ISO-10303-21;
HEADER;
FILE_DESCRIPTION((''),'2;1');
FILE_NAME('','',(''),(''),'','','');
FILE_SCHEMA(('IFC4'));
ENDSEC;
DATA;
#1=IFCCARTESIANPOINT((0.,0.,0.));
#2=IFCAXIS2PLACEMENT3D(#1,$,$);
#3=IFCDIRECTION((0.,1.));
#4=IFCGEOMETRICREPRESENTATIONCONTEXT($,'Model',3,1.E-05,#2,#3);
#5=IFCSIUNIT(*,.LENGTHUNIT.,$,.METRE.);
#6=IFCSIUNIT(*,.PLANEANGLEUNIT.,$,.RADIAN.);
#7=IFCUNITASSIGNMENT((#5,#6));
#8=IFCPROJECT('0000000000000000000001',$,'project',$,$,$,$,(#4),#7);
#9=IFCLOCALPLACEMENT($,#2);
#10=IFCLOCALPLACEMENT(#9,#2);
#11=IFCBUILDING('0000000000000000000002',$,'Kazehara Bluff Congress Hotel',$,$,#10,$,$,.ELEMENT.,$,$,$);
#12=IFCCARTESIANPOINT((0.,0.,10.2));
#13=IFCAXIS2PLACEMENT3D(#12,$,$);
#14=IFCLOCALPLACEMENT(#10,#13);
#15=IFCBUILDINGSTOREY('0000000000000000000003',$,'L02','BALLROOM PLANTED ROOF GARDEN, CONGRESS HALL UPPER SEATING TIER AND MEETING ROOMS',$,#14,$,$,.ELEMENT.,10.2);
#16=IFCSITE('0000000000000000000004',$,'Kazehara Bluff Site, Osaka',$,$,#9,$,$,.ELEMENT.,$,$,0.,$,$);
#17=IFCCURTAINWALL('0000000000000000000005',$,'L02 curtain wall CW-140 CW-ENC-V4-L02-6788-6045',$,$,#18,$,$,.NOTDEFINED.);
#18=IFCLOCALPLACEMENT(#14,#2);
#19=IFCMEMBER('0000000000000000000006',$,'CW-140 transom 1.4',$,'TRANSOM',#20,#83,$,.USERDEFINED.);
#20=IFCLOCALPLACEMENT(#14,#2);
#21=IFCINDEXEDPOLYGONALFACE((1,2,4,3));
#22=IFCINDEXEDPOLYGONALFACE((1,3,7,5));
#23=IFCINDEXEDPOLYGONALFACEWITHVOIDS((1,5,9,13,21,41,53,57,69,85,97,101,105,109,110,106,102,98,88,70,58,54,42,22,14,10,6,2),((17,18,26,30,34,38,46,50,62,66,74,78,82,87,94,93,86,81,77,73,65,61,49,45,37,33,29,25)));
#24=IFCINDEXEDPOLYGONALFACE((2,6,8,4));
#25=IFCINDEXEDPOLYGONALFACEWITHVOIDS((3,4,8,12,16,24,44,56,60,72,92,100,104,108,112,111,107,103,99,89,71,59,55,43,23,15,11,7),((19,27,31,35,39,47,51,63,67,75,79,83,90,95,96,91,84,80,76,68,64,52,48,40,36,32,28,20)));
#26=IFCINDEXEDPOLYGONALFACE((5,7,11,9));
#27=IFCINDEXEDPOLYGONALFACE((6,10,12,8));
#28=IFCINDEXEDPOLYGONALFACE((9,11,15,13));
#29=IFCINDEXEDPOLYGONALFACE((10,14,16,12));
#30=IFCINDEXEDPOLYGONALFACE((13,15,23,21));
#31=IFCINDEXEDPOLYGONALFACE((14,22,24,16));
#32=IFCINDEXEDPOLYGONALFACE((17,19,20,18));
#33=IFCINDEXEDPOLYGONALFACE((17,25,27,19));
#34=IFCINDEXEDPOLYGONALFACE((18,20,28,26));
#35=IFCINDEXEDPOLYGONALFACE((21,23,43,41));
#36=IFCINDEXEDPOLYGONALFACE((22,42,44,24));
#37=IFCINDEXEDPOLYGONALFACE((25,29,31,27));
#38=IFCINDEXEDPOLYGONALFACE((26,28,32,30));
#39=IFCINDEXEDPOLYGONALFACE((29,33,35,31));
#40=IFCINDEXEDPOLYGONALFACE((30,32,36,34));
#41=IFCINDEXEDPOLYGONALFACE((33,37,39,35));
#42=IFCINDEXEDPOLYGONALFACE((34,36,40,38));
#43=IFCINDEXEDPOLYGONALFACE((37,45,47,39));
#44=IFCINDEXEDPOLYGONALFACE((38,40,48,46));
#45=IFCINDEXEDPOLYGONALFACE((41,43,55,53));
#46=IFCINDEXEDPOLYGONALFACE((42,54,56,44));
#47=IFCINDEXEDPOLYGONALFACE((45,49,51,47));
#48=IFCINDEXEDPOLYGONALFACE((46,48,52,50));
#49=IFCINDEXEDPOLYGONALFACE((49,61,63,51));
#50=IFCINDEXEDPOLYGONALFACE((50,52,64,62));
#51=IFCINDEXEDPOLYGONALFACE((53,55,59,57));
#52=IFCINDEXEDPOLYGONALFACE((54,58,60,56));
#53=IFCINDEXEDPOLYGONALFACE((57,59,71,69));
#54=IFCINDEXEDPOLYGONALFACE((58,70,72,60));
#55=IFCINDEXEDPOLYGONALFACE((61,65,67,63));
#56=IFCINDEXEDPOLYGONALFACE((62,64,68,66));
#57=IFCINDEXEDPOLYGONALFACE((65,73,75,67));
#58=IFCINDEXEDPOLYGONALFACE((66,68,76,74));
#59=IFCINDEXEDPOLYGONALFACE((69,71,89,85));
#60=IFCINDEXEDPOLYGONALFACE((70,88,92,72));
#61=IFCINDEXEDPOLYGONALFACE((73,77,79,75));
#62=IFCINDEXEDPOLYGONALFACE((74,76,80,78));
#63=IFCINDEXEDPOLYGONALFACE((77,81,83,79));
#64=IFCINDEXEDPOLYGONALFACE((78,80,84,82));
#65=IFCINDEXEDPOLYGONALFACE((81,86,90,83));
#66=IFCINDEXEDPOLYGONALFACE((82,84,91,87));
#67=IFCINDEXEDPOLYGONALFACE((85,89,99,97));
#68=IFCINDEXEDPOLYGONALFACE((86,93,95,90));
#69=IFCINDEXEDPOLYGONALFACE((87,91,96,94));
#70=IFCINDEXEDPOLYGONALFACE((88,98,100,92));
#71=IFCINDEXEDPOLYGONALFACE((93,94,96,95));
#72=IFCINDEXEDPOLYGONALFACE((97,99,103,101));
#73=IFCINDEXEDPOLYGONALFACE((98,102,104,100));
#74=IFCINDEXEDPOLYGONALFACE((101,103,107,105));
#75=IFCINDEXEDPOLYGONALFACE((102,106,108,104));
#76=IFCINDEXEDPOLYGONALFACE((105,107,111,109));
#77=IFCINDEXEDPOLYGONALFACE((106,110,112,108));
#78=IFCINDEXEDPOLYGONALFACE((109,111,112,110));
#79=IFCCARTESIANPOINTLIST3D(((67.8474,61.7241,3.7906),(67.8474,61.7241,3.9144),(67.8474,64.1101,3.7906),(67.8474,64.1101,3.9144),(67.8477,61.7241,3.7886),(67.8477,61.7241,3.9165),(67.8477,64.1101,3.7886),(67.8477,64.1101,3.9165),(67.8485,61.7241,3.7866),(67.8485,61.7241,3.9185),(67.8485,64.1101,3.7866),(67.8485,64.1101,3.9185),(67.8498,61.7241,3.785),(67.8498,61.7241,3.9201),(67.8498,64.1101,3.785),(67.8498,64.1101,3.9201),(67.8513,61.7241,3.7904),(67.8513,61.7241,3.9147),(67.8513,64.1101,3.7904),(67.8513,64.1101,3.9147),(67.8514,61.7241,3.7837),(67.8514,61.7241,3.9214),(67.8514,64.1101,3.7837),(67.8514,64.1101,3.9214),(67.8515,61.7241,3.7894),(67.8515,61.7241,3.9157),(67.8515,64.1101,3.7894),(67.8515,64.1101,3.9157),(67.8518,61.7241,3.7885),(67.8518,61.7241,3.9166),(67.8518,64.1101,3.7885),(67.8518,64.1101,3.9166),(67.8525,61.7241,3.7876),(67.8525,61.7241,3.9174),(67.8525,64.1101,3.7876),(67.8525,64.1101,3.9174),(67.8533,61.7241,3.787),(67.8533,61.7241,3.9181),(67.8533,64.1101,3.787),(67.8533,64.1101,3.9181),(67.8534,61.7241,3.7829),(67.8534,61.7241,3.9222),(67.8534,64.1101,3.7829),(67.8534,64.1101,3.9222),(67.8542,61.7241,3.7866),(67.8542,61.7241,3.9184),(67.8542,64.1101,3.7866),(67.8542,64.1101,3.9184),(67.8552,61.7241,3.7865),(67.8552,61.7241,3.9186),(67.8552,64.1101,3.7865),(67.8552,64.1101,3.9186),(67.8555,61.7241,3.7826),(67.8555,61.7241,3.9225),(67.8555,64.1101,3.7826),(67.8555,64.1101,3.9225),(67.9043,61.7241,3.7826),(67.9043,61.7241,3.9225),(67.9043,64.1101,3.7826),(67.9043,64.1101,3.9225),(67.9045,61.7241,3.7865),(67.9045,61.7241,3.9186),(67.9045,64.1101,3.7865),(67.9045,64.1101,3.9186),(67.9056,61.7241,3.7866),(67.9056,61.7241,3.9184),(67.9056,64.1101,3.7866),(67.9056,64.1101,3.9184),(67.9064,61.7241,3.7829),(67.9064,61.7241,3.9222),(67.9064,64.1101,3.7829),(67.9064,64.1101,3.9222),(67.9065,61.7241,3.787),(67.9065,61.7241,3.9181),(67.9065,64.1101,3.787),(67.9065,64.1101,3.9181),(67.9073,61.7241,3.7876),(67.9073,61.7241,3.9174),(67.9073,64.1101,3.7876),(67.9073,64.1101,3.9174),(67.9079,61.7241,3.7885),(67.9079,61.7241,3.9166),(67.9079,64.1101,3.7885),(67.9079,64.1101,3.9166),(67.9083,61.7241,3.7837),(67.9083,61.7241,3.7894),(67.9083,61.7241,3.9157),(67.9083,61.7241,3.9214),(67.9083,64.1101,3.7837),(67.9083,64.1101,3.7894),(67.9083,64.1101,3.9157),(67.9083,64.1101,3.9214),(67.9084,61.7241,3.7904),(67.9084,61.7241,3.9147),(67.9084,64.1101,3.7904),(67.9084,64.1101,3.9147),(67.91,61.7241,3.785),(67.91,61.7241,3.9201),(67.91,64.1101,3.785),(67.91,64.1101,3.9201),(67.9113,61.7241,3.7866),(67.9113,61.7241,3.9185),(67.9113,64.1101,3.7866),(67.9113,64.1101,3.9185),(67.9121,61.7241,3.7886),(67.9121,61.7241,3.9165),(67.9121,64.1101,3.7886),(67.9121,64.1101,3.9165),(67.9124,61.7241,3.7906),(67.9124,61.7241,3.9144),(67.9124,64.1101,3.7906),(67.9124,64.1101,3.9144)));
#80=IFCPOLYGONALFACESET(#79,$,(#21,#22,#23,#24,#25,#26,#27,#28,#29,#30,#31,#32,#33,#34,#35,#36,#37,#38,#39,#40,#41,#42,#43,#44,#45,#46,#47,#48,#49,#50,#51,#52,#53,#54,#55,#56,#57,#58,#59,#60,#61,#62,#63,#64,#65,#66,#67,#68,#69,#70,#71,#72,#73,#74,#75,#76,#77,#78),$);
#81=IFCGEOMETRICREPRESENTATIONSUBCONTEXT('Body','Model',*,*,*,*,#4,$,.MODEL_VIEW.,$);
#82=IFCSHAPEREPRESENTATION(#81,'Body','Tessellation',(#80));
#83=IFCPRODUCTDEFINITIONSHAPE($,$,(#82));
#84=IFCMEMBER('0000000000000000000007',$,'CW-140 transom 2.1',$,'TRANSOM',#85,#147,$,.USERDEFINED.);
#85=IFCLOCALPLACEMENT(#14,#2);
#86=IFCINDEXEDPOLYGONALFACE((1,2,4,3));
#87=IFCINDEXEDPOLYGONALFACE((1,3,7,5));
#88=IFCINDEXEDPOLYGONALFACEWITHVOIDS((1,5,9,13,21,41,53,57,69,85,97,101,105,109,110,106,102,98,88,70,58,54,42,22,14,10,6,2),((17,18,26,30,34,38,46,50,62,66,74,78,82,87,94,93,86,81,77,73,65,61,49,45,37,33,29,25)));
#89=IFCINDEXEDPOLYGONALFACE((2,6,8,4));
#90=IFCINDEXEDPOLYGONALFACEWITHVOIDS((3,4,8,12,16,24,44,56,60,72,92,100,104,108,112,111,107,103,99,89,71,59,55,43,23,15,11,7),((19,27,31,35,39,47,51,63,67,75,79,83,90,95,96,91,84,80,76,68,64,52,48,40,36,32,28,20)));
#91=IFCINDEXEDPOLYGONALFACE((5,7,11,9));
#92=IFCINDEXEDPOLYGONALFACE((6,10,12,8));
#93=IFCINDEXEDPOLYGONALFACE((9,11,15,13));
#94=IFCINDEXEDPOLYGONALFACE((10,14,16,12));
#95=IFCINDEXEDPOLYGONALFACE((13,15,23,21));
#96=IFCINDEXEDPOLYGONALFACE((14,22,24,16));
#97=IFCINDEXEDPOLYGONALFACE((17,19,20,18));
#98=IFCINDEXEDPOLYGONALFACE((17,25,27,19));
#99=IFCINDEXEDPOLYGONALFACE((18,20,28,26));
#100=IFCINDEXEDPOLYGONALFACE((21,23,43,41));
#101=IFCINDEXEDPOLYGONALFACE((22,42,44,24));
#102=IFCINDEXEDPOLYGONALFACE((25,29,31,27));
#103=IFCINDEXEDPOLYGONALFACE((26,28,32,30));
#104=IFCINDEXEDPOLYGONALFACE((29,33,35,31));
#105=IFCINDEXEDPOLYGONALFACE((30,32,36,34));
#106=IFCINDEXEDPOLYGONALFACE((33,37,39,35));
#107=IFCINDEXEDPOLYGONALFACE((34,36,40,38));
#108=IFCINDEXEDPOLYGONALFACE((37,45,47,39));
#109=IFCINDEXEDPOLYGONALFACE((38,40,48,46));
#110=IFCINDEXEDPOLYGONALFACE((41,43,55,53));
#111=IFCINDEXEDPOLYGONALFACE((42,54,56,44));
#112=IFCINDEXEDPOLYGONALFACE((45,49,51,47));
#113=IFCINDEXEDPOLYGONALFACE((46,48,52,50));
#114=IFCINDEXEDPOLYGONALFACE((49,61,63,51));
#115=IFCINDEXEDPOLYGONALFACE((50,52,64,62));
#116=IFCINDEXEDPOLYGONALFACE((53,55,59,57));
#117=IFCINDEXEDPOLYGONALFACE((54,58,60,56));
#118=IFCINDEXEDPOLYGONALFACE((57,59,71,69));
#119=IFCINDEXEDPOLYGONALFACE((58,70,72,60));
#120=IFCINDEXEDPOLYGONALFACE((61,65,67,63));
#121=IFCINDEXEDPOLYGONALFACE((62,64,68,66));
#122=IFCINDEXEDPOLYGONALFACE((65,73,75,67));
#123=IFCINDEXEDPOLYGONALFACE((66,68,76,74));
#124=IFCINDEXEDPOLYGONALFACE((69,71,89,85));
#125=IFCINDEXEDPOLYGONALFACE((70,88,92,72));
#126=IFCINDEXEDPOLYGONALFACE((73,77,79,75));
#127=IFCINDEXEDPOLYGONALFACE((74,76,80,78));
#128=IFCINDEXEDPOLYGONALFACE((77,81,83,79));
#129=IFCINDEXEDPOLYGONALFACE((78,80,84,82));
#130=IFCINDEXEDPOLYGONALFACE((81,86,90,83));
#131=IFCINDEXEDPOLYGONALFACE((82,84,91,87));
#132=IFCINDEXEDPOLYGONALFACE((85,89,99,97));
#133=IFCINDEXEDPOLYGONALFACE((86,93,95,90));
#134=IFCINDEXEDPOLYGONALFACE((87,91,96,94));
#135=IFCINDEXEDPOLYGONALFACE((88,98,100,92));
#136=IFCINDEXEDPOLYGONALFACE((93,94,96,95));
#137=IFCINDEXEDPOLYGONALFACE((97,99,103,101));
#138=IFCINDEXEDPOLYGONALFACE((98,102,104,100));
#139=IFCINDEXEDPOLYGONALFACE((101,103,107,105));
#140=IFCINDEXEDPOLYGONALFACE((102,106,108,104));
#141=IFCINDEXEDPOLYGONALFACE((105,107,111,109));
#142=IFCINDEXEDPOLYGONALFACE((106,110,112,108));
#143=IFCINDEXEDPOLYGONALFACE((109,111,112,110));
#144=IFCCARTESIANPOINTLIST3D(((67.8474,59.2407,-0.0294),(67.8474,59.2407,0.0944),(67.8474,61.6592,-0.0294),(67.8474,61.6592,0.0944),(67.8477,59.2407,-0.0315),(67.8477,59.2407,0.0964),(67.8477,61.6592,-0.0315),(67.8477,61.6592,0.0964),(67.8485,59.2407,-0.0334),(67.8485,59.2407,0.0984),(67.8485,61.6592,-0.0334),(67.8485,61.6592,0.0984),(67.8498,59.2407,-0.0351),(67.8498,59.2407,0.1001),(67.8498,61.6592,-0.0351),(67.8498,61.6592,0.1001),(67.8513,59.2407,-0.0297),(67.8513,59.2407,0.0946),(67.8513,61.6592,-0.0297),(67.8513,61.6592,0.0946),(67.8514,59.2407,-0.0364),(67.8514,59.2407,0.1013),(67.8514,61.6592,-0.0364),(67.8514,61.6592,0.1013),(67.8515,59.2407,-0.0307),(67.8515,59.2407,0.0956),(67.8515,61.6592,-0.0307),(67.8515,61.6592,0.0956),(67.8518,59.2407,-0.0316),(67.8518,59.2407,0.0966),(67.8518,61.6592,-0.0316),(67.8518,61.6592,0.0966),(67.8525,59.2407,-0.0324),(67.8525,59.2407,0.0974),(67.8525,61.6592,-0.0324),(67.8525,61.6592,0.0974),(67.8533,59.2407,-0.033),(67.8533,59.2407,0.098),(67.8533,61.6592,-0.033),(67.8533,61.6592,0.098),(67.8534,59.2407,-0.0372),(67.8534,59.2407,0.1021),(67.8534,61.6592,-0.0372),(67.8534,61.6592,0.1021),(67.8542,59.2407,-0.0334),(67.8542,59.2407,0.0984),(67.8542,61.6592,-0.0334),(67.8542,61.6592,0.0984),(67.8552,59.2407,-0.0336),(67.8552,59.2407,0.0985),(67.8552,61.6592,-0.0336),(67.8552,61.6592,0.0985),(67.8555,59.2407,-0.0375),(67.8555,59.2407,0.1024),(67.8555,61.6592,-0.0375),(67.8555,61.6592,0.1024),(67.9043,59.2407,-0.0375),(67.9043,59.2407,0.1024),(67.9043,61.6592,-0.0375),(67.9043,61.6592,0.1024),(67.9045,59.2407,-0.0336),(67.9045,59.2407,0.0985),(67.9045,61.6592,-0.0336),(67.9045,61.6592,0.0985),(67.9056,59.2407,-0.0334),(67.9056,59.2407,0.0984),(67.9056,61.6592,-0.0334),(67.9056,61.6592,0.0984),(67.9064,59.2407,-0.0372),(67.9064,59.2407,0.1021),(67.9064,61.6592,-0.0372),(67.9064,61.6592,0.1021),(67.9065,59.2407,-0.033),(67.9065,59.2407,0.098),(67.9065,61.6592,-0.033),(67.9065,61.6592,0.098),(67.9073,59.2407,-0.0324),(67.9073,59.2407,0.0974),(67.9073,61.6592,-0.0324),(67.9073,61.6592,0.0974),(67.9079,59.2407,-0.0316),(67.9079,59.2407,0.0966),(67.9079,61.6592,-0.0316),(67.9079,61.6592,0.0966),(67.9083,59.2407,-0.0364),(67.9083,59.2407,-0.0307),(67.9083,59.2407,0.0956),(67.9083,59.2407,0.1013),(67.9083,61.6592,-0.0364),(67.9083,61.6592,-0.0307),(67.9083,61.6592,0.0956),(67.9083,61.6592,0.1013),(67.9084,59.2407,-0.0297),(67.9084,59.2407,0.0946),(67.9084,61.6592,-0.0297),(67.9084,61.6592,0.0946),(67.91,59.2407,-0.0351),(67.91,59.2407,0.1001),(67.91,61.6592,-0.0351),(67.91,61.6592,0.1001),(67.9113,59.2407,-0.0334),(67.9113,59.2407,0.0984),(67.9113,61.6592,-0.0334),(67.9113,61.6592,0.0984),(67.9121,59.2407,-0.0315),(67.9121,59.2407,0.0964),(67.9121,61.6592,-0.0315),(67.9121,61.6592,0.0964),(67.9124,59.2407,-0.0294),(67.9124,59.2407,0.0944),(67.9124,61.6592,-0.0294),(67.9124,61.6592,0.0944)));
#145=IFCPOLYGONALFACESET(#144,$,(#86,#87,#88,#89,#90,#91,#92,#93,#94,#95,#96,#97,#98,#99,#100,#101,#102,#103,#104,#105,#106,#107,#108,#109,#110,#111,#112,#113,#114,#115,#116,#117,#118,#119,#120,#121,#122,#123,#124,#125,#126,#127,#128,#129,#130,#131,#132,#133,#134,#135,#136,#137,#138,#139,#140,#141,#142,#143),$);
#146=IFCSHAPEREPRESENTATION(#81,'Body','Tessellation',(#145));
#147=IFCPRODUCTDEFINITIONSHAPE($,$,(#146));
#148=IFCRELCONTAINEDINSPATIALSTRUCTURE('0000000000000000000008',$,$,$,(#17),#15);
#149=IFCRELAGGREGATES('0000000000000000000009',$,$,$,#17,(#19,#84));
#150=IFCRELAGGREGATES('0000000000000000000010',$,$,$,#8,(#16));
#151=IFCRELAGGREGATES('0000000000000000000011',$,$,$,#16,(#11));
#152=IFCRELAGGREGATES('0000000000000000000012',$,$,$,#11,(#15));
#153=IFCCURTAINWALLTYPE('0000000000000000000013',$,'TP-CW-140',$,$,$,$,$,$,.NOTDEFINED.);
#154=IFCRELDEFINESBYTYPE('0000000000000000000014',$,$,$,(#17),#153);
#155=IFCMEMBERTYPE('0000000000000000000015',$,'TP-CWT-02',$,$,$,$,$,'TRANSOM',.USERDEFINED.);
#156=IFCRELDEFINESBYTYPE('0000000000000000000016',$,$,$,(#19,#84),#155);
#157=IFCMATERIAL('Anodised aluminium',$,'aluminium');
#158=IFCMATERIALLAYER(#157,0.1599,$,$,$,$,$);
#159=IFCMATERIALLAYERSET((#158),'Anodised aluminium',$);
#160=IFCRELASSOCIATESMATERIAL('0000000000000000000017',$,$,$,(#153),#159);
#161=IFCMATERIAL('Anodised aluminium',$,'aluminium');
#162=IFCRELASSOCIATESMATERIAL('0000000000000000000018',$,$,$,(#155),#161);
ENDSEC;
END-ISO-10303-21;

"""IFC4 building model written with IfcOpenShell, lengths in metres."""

from ifc_helpers import new_model, si_unit, direction, frame, origin, origin_2d, place, context, subcontext, project, spatial, hollow_rectangle, extrude, material, layer, layer_set, material_profile, profile_set, type_object, element, aggregate, save


model = new_model("IFC4")

# Units and contexts
model_context = context("Model", 3, precision=1e-05, world=origin(), true_north=direction((0.0, 1.0)))
body_context = subcontext(model_context, "Body", "Model", "MODEL_VIEW")
ifc_project = project(units=[si_unit("LENGTHUNIT", "METRE"), si_unit("PLANEANGLEUNIT", "RADIAN")], contexts=[model_context])

# Site, building, storey
site_placement = place(None, origin())
site = spatial("IfcSite", under=ifc_project, at=site_placement, Name="Kazehara Bluff Site, Osaka", CompositionType="ELEMENT", RefElevation=0.0)
building_placement = place(site_placement, origin())
building = spatial("IfcBuilding", under=site, at=building_placement, Name="Kazehara Bluff Congress Hotel", CompositionType="ELEMENT")
storey_placement = place(building_placement, frame((0.0, 0.0, 10.2)))
storey = spatial("IfcBuildingStorey", under=building, at=storey_placement, Name="L02", Description="BALLROOM PLANTED ROOF GARDEN, CONGRESS HALL UPPER SEATING TIER AND MEETING ROOMS", CompositionType="ELEMENT", Elevation=10.2)

# Curtain wall, members
ifc_material_1 = material(Name="Anodised aluminium", Category="aluminium")
ifc_layer_1 = layer(ifc_material_1, 0.1599)
ifc_layer_set_1 = layer_set([ifc_layer_1], Name="Anodised aluminium")
curtain_wall_type = type_object("IfcCurtainWallType", Name="TP-CW-140", PredefinedType="NOTDEFINED", material=ifc_layer_set_1)
curtain_wall_placement = place(storey_placement, origin())
curtain_wall = element("IfcCurtainWall", 1, at=curtain_wall_placement, inside=storey, type_object=curtain_wall_type, Name="L02 curtain wall CW-140 CW-ENC-V4-L02-6788-6045", PredefinedType="NOTDEFINED")
ifc_material_2 = material(Name="Anodised aluminium", Category="aluminium")
ifc_material_profile_1 = material_profile(ifc_material_2, hollow_rectangle(XDim=0.0649, YDim=0.1399, WallThickness=0.0039, InnerFilletRadius=0.0039, OuterFilletRadius=0.0081, at=origin_2d()))
ifc_profile_set_1 = profile_set([ifc_material_profile_1], Name="Anodised aluminium")
member_type_1 = type_object("IfcMemberType", Name="TP-CWT-02", ElementType="TRANSOM", PredefinedType="USERDEFINED", material=ifc_profile_set_1)
member_1_placement = place(storey_placement, frame((67.8799, 64.1101, 3.8525), z_axis=(0.0, -1.0, 0.0), x_axis=(1.0, 0.0, 0.0)))
member_1 = element("IfcMember", 2, at=member_1_placement, type_object=member_type_1, Name="CW-140 transom 1.4", ObjectType="TRANSOM", PredefinedType="USERDEFINED", context=body_context, shape_type="SweptSolid", body=[
    extrude(hollow_rectangle(XDim=0.0649, YDim=0.1399, WallThickness=0.0039, InnerFilletRadius=0.0039, OuterFilletRadius=0.0081, at=origin_2d()), origin(), (0.0, 0.0, 1.0), 2.386),
])
member_2_placement = place(storey_placement, frame((67.8799, 61.6592, 0.0325), z_axis=(0.0, -1.0, 0.0), x_axis=(1.0, 0.0, 0.0)))
member_2 = element("IfcMember", 3, at=member_2_placement, type_object=member_type_1, Name="CW-140 transom 2.1", ObjectType="TRANSOM", PredefinedType="USERDEFINED", context=body_context, shape_type="SweptSolid", body=[
    extrude(hollow_rectangle(XDim=0.0649, YDim=0.1399, WallThickness=0.0039, InnerFilletRadius=0.0039, OuterFilletRadius=0.0081, at=origin_2d()), origin(), (0.0, 0.0, 1.0), 2.4185),
])

aggregate(curtain_wall, [member_1, member_2])

save(model, "model.ifc")
